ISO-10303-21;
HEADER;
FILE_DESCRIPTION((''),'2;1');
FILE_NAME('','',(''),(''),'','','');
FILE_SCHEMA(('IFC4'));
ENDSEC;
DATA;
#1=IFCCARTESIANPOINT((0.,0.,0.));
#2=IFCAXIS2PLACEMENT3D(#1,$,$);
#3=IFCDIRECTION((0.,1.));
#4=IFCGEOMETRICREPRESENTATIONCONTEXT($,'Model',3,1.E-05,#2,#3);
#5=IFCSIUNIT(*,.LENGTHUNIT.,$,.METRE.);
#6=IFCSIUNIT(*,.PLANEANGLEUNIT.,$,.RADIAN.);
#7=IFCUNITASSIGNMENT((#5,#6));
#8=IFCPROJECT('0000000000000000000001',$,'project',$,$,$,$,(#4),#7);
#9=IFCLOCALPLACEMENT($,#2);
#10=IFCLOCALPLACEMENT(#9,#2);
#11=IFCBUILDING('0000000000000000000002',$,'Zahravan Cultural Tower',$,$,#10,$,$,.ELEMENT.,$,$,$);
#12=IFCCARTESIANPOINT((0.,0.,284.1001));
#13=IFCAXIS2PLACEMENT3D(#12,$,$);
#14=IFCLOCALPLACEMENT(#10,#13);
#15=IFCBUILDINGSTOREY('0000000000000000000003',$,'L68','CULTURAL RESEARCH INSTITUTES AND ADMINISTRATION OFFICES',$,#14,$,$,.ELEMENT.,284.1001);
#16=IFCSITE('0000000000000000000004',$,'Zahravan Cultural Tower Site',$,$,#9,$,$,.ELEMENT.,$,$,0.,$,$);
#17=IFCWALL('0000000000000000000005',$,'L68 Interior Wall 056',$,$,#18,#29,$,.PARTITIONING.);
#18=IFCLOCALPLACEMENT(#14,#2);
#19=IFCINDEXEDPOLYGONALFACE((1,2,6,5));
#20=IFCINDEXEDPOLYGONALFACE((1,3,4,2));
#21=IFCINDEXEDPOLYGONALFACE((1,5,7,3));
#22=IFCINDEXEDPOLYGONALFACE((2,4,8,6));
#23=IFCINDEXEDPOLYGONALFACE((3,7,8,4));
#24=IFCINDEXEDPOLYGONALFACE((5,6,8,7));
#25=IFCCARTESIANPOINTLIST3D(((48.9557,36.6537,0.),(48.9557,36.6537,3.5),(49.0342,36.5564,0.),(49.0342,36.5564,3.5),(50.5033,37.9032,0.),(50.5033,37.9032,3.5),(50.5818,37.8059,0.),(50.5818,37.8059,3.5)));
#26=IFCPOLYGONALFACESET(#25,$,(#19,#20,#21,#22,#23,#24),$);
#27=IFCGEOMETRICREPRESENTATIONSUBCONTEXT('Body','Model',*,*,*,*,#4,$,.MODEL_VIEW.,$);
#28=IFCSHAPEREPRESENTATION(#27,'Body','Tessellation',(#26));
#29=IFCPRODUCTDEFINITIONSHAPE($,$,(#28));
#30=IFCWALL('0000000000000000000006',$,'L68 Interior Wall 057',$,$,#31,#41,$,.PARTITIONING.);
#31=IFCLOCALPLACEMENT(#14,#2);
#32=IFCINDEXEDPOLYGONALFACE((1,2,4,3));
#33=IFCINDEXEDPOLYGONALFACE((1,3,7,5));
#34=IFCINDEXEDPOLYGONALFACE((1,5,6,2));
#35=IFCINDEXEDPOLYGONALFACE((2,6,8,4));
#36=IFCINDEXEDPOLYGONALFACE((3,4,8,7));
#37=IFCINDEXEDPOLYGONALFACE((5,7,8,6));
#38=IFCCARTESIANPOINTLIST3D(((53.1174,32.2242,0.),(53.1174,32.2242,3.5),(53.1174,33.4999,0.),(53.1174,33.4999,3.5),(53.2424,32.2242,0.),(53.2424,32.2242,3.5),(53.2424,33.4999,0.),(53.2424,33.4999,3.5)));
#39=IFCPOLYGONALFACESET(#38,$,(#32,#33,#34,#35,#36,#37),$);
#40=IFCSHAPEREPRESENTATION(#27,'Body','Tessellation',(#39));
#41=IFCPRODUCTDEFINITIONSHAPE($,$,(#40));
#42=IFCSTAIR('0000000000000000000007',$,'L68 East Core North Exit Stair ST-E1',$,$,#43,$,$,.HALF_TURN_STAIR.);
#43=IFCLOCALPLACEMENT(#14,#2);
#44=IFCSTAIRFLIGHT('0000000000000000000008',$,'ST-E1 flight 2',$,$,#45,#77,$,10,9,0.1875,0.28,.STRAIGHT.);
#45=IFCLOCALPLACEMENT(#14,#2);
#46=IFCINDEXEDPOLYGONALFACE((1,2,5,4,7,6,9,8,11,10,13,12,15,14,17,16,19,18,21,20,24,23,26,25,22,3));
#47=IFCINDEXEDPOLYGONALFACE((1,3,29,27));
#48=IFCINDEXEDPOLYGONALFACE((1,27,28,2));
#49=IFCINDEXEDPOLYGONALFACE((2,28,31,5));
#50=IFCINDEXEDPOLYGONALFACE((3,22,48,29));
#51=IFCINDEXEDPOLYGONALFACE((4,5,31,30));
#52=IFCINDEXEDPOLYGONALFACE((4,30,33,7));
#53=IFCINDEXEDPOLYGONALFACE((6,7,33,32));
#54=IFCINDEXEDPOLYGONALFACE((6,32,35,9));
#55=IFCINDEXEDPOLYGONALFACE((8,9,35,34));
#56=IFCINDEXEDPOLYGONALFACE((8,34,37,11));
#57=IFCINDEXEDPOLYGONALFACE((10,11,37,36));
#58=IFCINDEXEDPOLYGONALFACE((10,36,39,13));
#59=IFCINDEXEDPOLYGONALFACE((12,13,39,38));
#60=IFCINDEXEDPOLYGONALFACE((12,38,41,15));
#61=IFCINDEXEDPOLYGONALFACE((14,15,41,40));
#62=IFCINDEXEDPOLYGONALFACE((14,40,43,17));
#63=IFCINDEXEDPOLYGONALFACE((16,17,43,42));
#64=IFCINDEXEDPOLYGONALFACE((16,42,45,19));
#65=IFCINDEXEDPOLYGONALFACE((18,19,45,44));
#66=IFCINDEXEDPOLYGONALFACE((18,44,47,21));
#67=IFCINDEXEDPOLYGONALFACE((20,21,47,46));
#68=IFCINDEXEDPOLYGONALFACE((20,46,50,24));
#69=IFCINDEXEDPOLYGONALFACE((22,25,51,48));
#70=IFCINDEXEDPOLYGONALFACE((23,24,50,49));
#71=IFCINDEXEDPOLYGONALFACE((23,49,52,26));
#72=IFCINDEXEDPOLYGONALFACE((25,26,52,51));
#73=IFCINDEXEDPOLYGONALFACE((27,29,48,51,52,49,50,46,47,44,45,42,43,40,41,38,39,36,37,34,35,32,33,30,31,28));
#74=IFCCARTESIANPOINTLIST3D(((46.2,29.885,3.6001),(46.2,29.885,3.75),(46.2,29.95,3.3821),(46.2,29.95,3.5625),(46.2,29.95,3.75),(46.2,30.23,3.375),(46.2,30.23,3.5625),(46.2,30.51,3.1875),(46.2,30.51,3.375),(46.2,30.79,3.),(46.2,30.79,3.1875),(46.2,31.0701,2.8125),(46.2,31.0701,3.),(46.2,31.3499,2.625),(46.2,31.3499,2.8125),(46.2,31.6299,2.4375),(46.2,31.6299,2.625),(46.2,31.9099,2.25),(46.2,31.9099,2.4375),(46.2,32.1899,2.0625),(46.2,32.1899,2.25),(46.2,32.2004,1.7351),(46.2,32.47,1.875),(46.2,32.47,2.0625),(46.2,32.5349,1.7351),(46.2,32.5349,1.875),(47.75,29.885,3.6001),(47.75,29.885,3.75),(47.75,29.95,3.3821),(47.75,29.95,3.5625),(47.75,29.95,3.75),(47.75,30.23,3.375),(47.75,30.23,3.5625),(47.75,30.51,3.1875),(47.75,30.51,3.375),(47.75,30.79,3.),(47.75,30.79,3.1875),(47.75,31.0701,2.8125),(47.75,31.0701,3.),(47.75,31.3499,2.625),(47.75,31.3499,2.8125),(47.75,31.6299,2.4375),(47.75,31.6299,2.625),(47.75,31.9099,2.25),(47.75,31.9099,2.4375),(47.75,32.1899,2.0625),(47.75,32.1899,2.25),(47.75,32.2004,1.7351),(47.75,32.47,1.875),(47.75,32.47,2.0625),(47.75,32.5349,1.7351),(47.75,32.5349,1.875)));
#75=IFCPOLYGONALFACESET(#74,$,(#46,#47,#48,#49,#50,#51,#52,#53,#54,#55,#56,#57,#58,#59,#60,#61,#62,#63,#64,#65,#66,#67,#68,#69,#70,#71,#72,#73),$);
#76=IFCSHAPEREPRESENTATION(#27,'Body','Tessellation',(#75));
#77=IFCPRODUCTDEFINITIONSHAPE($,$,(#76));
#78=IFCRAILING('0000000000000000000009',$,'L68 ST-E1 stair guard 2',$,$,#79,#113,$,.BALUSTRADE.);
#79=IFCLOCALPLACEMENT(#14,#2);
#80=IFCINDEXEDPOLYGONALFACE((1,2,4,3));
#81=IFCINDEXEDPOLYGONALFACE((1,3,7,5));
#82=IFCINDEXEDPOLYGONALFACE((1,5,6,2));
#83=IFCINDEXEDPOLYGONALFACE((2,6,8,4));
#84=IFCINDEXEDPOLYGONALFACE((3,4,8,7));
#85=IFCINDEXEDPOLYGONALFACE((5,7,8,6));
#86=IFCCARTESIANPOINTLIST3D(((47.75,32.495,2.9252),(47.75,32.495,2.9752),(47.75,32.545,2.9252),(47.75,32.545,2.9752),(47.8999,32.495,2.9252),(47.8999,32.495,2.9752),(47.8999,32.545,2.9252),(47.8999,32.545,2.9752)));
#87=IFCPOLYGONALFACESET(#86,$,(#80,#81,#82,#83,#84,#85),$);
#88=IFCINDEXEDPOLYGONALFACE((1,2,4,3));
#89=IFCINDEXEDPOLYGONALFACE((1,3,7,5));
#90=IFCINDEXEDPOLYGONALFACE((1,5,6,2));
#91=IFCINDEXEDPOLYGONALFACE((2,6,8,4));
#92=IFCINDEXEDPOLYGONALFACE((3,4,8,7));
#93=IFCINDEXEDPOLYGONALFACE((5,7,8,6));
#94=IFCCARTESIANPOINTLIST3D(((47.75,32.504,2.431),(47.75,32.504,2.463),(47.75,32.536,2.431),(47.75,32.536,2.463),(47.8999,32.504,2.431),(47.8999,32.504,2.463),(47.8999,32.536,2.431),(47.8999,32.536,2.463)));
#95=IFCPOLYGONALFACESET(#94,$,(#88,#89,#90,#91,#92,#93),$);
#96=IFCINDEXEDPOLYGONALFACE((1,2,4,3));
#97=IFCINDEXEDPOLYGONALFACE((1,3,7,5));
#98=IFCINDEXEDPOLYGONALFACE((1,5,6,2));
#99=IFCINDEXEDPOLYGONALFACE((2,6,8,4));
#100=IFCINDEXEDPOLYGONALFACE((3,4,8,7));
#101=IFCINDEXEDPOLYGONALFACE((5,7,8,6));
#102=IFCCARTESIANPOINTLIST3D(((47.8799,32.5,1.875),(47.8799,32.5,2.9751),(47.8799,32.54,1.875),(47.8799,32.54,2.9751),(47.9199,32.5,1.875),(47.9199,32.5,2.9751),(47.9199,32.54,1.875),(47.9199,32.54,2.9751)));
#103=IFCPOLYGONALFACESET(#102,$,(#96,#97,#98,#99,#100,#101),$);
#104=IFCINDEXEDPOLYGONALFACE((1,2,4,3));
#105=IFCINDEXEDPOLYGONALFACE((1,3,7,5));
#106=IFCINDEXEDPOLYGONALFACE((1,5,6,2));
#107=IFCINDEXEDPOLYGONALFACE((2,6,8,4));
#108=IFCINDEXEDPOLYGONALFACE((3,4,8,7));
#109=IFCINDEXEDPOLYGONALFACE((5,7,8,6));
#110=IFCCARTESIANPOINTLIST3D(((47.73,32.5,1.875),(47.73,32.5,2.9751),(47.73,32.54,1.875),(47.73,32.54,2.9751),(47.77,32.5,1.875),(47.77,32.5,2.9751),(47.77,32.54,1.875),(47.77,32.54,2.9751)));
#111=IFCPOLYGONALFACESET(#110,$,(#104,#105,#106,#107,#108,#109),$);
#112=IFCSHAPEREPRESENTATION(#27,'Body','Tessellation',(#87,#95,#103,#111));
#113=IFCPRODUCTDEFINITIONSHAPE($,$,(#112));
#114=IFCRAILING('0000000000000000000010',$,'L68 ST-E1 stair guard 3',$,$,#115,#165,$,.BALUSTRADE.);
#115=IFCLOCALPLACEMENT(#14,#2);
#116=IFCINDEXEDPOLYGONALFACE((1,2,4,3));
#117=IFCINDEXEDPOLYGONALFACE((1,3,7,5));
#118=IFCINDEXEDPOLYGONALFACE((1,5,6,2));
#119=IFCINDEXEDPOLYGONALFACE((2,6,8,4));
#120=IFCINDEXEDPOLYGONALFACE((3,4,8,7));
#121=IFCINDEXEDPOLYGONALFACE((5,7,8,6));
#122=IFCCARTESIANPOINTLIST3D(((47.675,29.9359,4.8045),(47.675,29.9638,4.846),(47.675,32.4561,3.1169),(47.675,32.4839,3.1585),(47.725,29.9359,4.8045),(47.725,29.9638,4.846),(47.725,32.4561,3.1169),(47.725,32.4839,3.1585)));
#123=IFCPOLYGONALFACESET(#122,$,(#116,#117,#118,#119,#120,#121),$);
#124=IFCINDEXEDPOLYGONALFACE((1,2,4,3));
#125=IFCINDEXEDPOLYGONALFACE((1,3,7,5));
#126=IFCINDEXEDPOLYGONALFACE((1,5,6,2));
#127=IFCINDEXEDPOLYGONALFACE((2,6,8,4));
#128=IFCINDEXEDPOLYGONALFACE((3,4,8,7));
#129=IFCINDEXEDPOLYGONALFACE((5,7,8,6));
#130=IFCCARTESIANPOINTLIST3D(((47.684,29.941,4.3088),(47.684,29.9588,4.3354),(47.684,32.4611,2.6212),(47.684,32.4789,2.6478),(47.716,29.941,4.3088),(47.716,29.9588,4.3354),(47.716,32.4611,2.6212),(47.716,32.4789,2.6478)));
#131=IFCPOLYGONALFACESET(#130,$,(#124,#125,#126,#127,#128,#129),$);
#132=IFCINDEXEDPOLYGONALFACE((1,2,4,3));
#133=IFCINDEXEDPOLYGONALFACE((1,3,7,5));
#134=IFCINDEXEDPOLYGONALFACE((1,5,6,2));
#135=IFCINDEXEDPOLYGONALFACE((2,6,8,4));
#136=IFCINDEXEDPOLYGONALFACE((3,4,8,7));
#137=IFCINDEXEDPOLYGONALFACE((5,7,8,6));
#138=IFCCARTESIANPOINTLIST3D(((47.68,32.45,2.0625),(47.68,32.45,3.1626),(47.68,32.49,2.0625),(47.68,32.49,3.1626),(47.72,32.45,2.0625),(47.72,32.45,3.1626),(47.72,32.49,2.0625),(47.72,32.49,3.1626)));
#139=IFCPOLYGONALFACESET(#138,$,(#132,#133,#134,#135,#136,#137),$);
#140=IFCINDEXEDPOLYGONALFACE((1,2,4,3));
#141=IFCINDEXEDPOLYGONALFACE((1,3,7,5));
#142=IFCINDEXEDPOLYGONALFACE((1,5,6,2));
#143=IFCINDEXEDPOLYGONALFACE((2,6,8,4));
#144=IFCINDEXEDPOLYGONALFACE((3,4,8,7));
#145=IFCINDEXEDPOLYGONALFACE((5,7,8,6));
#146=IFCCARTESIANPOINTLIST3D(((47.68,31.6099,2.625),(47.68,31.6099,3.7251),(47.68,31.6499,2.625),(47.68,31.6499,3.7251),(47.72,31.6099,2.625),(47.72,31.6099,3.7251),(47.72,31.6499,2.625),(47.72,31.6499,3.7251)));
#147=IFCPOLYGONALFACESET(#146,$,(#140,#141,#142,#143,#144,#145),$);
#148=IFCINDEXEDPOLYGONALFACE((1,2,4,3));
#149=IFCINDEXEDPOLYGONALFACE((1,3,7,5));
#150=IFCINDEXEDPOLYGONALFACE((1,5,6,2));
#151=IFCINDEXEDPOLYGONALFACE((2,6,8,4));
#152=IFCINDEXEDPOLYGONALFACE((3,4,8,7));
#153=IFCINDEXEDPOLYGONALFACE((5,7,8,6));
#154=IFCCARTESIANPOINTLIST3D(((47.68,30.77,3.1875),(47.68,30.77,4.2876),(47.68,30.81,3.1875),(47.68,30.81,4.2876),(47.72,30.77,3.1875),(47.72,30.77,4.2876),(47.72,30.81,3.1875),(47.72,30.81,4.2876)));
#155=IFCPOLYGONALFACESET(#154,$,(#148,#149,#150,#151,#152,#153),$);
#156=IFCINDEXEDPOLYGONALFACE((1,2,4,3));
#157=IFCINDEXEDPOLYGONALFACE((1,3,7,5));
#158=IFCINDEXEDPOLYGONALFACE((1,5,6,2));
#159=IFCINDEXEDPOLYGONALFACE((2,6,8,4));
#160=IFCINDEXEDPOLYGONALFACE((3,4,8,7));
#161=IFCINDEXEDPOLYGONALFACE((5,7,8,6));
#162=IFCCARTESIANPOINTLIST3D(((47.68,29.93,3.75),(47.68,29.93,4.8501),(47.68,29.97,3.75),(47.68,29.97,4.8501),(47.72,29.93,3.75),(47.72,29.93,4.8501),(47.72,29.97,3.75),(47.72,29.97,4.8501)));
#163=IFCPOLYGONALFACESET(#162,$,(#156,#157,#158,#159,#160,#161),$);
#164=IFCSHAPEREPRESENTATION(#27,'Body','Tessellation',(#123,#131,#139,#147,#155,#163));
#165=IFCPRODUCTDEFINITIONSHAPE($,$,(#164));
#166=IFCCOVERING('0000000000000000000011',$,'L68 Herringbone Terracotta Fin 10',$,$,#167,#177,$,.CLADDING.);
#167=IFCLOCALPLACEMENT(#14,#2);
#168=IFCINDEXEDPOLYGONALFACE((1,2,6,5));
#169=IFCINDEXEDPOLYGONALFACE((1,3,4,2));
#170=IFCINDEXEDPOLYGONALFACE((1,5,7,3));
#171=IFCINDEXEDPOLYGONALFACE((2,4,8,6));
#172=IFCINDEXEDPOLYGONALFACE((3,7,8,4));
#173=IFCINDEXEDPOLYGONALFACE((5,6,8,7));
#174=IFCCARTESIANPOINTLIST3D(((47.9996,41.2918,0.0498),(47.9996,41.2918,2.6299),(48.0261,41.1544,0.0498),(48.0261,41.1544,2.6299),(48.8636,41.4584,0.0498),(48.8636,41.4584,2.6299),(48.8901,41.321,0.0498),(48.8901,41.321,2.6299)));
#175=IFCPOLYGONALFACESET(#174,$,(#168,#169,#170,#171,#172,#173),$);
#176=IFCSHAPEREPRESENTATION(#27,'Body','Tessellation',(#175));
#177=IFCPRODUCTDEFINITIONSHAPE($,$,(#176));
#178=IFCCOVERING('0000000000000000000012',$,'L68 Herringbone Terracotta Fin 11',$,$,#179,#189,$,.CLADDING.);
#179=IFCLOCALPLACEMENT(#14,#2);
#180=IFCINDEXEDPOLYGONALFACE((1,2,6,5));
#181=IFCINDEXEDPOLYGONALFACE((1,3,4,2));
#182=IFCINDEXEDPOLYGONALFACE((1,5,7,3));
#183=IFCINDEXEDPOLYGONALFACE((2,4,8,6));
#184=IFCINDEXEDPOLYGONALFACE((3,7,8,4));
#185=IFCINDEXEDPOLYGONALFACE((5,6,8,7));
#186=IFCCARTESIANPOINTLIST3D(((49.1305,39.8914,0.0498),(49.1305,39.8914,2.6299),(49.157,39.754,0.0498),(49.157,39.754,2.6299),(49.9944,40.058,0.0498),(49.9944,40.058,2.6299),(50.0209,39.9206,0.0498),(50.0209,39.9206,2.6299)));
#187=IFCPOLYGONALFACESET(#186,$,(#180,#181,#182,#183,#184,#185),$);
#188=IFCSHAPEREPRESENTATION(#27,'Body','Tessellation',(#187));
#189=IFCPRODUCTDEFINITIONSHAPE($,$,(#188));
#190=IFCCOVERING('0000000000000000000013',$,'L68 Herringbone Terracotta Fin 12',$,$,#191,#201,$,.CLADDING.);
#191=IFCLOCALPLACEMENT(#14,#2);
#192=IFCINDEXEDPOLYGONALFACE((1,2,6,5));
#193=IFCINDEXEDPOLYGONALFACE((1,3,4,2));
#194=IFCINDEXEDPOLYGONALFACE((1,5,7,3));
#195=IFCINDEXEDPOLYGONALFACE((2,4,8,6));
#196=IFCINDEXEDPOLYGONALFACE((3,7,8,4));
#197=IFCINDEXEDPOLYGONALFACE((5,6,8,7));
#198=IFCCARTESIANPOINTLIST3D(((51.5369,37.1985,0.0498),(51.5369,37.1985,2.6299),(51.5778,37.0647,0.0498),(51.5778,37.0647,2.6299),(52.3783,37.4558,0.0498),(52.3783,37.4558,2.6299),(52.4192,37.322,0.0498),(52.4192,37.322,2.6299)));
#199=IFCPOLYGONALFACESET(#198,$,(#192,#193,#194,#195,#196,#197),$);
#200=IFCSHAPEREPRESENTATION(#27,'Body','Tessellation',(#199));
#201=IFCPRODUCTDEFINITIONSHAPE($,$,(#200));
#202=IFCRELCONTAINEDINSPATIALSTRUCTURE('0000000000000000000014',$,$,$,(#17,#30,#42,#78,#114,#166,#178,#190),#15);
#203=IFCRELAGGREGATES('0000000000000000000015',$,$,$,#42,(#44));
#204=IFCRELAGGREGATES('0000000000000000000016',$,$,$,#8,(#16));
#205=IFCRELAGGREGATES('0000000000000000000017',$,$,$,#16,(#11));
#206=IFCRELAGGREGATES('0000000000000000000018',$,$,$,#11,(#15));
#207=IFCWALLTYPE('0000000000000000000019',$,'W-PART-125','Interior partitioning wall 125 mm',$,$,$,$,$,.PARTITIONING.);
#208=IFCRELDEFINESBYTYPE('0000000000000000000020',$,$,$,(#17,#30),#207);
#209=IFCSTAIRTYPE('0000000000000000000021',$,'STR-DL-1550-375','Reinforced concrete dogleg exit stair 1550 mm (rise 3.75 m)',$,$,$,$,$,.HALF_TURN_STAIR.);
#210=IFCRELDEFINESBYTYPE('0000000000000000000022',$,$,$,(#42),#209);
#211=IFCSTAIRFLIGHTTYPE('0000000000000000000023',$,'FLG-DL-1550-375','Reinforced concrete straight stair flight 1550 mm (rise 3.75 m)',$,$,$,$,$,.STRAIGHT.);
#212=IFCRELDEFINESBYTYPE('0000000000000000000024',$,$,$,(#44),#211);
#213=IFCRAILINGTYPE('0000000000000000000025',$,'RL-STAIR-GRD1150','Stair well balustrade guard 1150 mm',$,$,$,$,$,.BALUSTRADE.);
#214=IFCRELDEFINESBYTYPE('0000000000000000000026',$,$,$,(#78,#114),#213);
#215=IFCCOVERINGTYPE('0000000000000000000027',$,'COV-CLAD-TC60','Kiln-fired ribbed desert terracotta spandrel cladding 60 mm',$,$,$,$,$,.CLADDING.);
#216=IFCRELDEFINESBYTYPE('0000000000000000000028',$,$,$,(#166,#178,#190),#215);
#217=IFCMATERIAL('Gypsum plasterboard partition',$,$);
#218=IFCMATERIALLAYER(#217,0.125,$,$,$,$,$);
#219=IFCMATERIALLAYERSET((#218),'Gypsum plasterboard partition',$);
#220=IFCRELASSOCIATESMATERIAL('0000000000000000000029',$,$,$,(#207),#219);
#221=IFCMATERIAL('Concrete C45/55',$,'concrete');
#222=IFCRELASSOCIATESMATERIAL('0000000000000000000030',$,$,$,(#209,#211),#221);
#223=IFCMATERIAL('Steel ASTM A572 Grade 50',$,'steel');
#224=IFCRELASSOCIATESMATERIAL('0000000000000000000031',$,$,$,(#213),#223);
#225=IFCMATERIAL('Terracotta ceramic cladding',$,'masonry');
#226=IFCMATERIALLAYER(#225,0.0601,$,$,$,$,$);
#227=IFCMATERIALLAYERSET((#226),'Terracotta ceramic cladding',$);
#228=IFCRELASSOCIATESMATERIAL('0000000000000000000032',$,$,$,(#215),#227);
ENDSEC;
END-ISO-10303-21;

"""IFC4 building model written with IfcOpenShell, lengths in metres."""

from ifc_helpers import new_model, si_unit, direction, frame, frame_2d, origin, origin_2d, place, context, subcontext, project, spatial, polyline, rectangle, outline, extrude, source, transform, mapped, material, layer, layer_set, type_object, element, aggregate, save


model = new_model("IFC4")

# Units and contexts
model_context = context("Model", 3, precision=1e-05, world=origin(), true_north=direction((0.0, 1.0)))
body_context = subcontext(model_context, "Body", "Model", "MODEL_VIEW")
ifc_project = project(units=[si_unit("LENGTHUNIT", "METRE"), si_unit("PLANEANGLEUNIT", "RADIAN")], contexts=[model_context])

# Site, building, storey
site_placement = place(None, origin())
site = spatial("IfcSite", under=ifc_project, at=site_placement, Name="Zahravan Cultural Tower Site", CompositionType="ELEMENT", RefElevation=0.0)
building_placement = place(site_placement, origin())
building = spatial("IfcBuilding", under=site, at=building_placement, Name="Zahravan Cultural Tower", CompositionType="ELEMENT")
storey_placement = place(building_placement, frame((0.0, 0.0, 284.1001)))
storey = spatial("IfcBuildingStorey", under=building, at=storey_placement, Name="L68", Description="CULTURAL RESEARCH INSTITUTES AND ADMINISTRATION OFFICES", CompositionType="ELEMENT", Elevation=284.1001)

# Walls
ifc_material_1 = material(Name="Gypsum plasterboard partition")
ifc_layer_1 = layer(ifc_material_1, 0.125)
ifc_layer_set_1 = layer_set([ifc_layer_1], Name="Gypsum plasterboard partition")
wall_type_1 = type_object("IfcWallType", Name="W-PART-125", Description="Interior partitioning wall 125 mm", PredefinedType="PARTITIONING", material=ifc_layer_set_1)
shared_shape_1 = source(origin(), body_context, "Body", "SweptSolid", [
    extrude(rectangle(XDim=1.989, YDim=0.125, at=frame_2d((0.9946, 0.0))), origin(), (0.0, 0.0, 1.0), 3.5),
])
wall_1_placement = place(storey_placement, frame((48.9949, 36.605, 0.0), z_axis=(0.0, 0.0, 1.0), x_axis=(0.778059, 0.628191, 0.0)))
element("IfcWall", 1, at=wall_1_placement, inside=storey, type_object=wall_type_1, Name="L68 Interior Wall 056", PredefinedType="PARTITIONING", context=body_context, shape_type="MappedRepresentation", body=[
    mapped(shared_shape_1, transform((0.0, 0.0, 0.0), x_axis=(1.0, 0.0, 0.0), y_axis=(0.0, 1.0, 0.0), z_axis=(0.0, 0.0, 1.0), scale=1.0)),
])
shared_shape_2 = source(origin(), body_context, "Body", "SweptSolid", [
    extrude(rectangle(XDim=1.2756, YDim=0.125, at=frame_2d((0.6377, 0.0))), origin(), (0.0, 0.0, 1.0), 3.5),
])
wall_2_placement = place(storey_placement, frame((53.1799, 33.4998, 0.0), z_axis=(0.0, 0.0, 1.0), x_axis=(0.0, -1.0, 0.0)))
element("IfcWall", 2, at=wall_2_placement, inside=storey, type_object=wall_type_1, Name="L68 Interior Wall 057", PredefinedType="PARTITIONING", context=body_context, shape_type="MappedRepresentation", body=[
    mapped(shared_shape_2, transform((0.0, 0.0, 0.0), x_axis=(1.0, 0.0, 0.0), y_axis=(0.0, 1.0, 0.0), z_axis=(0.0, 0.0, 1.0), scale=1.0)),
])

# Stair, stair flight
ifc_material_2 = material(Name="Concrete C45/55", Category="concrete")
stair_type = type_object("IfcStairType", Name="STR-DL-1550-375", Description="Reinforced concrete dogleg exit stair 1550 mm (rise 3.75 m)", PredefinedType="HALF_TURN_STAIR", material=ifc_material_2)
stair_placement = place(storey_placement, origin())
stair = element("IfcStair", 3, at=stair_placement, inside=storey, type_object=stair_type, Name="L68 East Core North Exit Stair ST-E1", PredefinedType="HALF_TURN_STAIR")
stair_flight_type = type_object("IfcStairFlightType", Name="FLG-DL-1550-375", Description="Reinforced concrete straight stair flight 1550 mm (rise 3.75 m)", PredefinedType="STRAIGHT", material=ifc_material_2)
stair_flight_placement = place(storey_placement, frame((46.9751, 32.47, 1.875), z_axis=(0.0, 0.0, 1.0), x_axis=(0.0, -1.0, 0.0)))
stair_flight = element("IfcStairFlight", 4, at=stair_flight_placement, type_object=stair_flight_type, Name="ST-E1 flight 2", NumberOfRisers=10, NumberOfTreads=9, PredefinedType="STRAIGHT", RiserHeight=0.1875, TreadLength=0.28, context=body_context, shape_type="SweptSolid", body=[
    extrude(outline(polyline([(-0.0649, -0.1399), (-0.0649, 0.0), (0.0, 0.0), (0.0, 0.1875), (0.28, 0.1875), (0.28, 0.375), (0.5601, 0.375), (0.5601, 0.5625), (0.8401, 0.5625), (0.8401, 0.75), (1.1201, 0.75), (1.1201, 0.9375), (1.3999, 0.9375), (1.3999, 1.125), (1.6799, 1.125), (1.6799, 1.3125), (1.96, 1.3125), (1.96, 1.5), (2.24, 1.5), (2.24, 1.6875), (2.52, 1.6875), (2.52, 1.875), (2.585, 1.875), (2.585, 1.7251), (2.52, 1.5071), (0.2695, -0.1399), (-0.0649, -0.1399)])), frame((0.0, 0.7749, 0.0), z_axis=(0.0, -1.0, 0.0), x_axis=(1.0, 0.0, 0.0)), (0.0, 0.0, 1.0), 1.55),
])
aggregate(stair, [stair_flight])

# Railings
ifc_material_3 = material(Name="Steel ASTM A572 Grade 50", Category="steel")
railing_type = type_object("IfcRailingType", Name="RL-STAIR-GRD1150", Description="Stair well balustrade guard 1150 mm", PredefinedType="BALUSTRADE", material=ifc_material_3)
railing_1_placement = place(storey_placement, frame((47.8999, 32.52, 1.875)))
element("IfcRailing", 5, at=railing_1_placement, inside=storey, type_object=railing_type, Name="L68 ST-E1 stair guard 2", PredefinedType="BALUSTRADE", context=body_context, shape_type="SweptSolid", body=[
    extrude(rectangle(XDim=0.05, YDim=0.05, at=origin_2d()), frame((0.0, 0.0, 1.0752), z_axis=(-1.0, 0.0, 0.0), x_axis=(0.0, -1.0, 0.0)), (0.0, 0.0, 1.0), 0.1499),
    extrude(rectangle(XDim=0.032, YDim=0.032, at=origin_2d()), frame((0.0, 0.0, 0.572), z_axis=(-1.0, 0.0, 0.0), x_axis=(0.0, -1.0, 0.0)), (0.0, 0.0, 1.0), 0.1499),
    extrude(rectangle(XDim=0.04, YDim=0.04, at=origin_2d()), origin(), (0.0, 0.0, 1.0), 1.1001),
    extrude(rectangle(XDim=0.04, YDim=0.04, at=origin_2d()), frame((-0.1499, 0.0, 0.0)), (0.0, 0.0, 1.0), 1.1001),
])
railing_2_placement = place(storey_placement, frame((47.7, 32.47, 2.0625)))
element("IfcRailing", 6, at=railing_2_placement, inside=storey, type_object=railing_type, Name="L68 ST-E1 stair guard 3", PredefinedType="BALUSTRADE", context=body_context, shape_type="SweptSolid", body=[
    extrude(rectangle(XDim=0.05, YDim=0.05, at=origin_2d()), frame((0.0, 0.0, 1.0752), z_axis=(0.0, -0.830909, 0.556408), x_axis=(1.0, 0.0, 0.0)), (0.0, 0.0, 1.0), 3.033),
    extrude(rectangle(XDim=0.032, YDim=0.032, at=origin_2d()), frame((0.0, 0.0, 0.572), z_axis=(0.0, -0.830909, 0.556408), x_axis=(1.0, 0.0, 0.0)), (0.0, 0.0, 1.0), 3.033),
    extrude(rectangle(XDim=0.04, YDim=0.04, at=origin_2d()), origin(), (0.0, 0.0, 1.0), 1.1001),
    extrude(rectangle(XDim=0.04, YDim=0.04, at=origin_2d()), frame((0.0, -0.8401, 0.5625)), (0.0, 0.0, 1.0), 1.1001),
    extrude(rectangle(XDim=0.04, YDim=0.04, at=origin_2d()), frame((0.0, -1.6799, 1.125)), (0.0, 0.0, 1.0), 1.1001),
    extrude(rectangle(XDim=0.04, YDim=0.04, at=origin_2d()), frame((0.0, -2.52, 1.6875)), (0.0, 0.0, 1.0), 1.1001),
])

# Coverings
ifc_material_4 = material(Name="Terracotta ceramic cladding", Category="masonry")
ifc_layer_2 = layer(ifc_material_4, 0.0601)
ifc_layer_set_2 = layer_set([ifc_layer_2], Name="Terracotta ceramic cladding")
covering_type = type_object("IfcCoveringType", Name="COV-CLAD-TC60", Description="Kiln-fired ribbed desert terracotta spandrel cladding 60 mm", PredefinedType="CLADDING", material=ifc_layer_set_2)
shared_shape_3 = source(origin(), body_context, "Body", "SweptSolid", [
    extrude(rectangle(XDim=0.8799, YDim=0.1399, at=origin_2d()), origin(), (0.0, 0.0, 1.0), 2.5801),
])
for number, where, z_axis, x_axis, name in (
    (7, (48.4448, 41.3064, 0.0498), (0.0, 0.0, 1.0), (0.981903, 0.189387, 0.0), "L68 Herringbone Terracotta Fin 10"),
    (8, (49.5757, 39.906, 0.0498), (0.0, 0.0, 1.0), (0.981903, 0.189387, 0.0), "L68 Herringbone Terracotta Fin 11"),
    (9, (51.978, 37.2603, 0.0498), (0.0, 0.0, 1.0), (0.956305, 0.292372, 0.0), "L68 Herringbone Terracotta Fin 12"),
):
    element("IfcCovering", number, at=place(storey_placement, frame(where, z_axis=z_axis, x_axis=x_axis)), inside=storey, type_object=covering_type, Name=name, PredefinedType="CLADDING", context=body_context, shape_type="MappedRepresentation", body=[
        mapped(shared_shape_3, transform((0.0, 0.0, 0.0), x_axis=(1.0, 0.0, 0.0), y_axis=(0.0, 1.0, 0.0), z_axis=(0.0, 0.0, 1.0), scale=1.0)),
    ])

save(model, "model.ifc")
